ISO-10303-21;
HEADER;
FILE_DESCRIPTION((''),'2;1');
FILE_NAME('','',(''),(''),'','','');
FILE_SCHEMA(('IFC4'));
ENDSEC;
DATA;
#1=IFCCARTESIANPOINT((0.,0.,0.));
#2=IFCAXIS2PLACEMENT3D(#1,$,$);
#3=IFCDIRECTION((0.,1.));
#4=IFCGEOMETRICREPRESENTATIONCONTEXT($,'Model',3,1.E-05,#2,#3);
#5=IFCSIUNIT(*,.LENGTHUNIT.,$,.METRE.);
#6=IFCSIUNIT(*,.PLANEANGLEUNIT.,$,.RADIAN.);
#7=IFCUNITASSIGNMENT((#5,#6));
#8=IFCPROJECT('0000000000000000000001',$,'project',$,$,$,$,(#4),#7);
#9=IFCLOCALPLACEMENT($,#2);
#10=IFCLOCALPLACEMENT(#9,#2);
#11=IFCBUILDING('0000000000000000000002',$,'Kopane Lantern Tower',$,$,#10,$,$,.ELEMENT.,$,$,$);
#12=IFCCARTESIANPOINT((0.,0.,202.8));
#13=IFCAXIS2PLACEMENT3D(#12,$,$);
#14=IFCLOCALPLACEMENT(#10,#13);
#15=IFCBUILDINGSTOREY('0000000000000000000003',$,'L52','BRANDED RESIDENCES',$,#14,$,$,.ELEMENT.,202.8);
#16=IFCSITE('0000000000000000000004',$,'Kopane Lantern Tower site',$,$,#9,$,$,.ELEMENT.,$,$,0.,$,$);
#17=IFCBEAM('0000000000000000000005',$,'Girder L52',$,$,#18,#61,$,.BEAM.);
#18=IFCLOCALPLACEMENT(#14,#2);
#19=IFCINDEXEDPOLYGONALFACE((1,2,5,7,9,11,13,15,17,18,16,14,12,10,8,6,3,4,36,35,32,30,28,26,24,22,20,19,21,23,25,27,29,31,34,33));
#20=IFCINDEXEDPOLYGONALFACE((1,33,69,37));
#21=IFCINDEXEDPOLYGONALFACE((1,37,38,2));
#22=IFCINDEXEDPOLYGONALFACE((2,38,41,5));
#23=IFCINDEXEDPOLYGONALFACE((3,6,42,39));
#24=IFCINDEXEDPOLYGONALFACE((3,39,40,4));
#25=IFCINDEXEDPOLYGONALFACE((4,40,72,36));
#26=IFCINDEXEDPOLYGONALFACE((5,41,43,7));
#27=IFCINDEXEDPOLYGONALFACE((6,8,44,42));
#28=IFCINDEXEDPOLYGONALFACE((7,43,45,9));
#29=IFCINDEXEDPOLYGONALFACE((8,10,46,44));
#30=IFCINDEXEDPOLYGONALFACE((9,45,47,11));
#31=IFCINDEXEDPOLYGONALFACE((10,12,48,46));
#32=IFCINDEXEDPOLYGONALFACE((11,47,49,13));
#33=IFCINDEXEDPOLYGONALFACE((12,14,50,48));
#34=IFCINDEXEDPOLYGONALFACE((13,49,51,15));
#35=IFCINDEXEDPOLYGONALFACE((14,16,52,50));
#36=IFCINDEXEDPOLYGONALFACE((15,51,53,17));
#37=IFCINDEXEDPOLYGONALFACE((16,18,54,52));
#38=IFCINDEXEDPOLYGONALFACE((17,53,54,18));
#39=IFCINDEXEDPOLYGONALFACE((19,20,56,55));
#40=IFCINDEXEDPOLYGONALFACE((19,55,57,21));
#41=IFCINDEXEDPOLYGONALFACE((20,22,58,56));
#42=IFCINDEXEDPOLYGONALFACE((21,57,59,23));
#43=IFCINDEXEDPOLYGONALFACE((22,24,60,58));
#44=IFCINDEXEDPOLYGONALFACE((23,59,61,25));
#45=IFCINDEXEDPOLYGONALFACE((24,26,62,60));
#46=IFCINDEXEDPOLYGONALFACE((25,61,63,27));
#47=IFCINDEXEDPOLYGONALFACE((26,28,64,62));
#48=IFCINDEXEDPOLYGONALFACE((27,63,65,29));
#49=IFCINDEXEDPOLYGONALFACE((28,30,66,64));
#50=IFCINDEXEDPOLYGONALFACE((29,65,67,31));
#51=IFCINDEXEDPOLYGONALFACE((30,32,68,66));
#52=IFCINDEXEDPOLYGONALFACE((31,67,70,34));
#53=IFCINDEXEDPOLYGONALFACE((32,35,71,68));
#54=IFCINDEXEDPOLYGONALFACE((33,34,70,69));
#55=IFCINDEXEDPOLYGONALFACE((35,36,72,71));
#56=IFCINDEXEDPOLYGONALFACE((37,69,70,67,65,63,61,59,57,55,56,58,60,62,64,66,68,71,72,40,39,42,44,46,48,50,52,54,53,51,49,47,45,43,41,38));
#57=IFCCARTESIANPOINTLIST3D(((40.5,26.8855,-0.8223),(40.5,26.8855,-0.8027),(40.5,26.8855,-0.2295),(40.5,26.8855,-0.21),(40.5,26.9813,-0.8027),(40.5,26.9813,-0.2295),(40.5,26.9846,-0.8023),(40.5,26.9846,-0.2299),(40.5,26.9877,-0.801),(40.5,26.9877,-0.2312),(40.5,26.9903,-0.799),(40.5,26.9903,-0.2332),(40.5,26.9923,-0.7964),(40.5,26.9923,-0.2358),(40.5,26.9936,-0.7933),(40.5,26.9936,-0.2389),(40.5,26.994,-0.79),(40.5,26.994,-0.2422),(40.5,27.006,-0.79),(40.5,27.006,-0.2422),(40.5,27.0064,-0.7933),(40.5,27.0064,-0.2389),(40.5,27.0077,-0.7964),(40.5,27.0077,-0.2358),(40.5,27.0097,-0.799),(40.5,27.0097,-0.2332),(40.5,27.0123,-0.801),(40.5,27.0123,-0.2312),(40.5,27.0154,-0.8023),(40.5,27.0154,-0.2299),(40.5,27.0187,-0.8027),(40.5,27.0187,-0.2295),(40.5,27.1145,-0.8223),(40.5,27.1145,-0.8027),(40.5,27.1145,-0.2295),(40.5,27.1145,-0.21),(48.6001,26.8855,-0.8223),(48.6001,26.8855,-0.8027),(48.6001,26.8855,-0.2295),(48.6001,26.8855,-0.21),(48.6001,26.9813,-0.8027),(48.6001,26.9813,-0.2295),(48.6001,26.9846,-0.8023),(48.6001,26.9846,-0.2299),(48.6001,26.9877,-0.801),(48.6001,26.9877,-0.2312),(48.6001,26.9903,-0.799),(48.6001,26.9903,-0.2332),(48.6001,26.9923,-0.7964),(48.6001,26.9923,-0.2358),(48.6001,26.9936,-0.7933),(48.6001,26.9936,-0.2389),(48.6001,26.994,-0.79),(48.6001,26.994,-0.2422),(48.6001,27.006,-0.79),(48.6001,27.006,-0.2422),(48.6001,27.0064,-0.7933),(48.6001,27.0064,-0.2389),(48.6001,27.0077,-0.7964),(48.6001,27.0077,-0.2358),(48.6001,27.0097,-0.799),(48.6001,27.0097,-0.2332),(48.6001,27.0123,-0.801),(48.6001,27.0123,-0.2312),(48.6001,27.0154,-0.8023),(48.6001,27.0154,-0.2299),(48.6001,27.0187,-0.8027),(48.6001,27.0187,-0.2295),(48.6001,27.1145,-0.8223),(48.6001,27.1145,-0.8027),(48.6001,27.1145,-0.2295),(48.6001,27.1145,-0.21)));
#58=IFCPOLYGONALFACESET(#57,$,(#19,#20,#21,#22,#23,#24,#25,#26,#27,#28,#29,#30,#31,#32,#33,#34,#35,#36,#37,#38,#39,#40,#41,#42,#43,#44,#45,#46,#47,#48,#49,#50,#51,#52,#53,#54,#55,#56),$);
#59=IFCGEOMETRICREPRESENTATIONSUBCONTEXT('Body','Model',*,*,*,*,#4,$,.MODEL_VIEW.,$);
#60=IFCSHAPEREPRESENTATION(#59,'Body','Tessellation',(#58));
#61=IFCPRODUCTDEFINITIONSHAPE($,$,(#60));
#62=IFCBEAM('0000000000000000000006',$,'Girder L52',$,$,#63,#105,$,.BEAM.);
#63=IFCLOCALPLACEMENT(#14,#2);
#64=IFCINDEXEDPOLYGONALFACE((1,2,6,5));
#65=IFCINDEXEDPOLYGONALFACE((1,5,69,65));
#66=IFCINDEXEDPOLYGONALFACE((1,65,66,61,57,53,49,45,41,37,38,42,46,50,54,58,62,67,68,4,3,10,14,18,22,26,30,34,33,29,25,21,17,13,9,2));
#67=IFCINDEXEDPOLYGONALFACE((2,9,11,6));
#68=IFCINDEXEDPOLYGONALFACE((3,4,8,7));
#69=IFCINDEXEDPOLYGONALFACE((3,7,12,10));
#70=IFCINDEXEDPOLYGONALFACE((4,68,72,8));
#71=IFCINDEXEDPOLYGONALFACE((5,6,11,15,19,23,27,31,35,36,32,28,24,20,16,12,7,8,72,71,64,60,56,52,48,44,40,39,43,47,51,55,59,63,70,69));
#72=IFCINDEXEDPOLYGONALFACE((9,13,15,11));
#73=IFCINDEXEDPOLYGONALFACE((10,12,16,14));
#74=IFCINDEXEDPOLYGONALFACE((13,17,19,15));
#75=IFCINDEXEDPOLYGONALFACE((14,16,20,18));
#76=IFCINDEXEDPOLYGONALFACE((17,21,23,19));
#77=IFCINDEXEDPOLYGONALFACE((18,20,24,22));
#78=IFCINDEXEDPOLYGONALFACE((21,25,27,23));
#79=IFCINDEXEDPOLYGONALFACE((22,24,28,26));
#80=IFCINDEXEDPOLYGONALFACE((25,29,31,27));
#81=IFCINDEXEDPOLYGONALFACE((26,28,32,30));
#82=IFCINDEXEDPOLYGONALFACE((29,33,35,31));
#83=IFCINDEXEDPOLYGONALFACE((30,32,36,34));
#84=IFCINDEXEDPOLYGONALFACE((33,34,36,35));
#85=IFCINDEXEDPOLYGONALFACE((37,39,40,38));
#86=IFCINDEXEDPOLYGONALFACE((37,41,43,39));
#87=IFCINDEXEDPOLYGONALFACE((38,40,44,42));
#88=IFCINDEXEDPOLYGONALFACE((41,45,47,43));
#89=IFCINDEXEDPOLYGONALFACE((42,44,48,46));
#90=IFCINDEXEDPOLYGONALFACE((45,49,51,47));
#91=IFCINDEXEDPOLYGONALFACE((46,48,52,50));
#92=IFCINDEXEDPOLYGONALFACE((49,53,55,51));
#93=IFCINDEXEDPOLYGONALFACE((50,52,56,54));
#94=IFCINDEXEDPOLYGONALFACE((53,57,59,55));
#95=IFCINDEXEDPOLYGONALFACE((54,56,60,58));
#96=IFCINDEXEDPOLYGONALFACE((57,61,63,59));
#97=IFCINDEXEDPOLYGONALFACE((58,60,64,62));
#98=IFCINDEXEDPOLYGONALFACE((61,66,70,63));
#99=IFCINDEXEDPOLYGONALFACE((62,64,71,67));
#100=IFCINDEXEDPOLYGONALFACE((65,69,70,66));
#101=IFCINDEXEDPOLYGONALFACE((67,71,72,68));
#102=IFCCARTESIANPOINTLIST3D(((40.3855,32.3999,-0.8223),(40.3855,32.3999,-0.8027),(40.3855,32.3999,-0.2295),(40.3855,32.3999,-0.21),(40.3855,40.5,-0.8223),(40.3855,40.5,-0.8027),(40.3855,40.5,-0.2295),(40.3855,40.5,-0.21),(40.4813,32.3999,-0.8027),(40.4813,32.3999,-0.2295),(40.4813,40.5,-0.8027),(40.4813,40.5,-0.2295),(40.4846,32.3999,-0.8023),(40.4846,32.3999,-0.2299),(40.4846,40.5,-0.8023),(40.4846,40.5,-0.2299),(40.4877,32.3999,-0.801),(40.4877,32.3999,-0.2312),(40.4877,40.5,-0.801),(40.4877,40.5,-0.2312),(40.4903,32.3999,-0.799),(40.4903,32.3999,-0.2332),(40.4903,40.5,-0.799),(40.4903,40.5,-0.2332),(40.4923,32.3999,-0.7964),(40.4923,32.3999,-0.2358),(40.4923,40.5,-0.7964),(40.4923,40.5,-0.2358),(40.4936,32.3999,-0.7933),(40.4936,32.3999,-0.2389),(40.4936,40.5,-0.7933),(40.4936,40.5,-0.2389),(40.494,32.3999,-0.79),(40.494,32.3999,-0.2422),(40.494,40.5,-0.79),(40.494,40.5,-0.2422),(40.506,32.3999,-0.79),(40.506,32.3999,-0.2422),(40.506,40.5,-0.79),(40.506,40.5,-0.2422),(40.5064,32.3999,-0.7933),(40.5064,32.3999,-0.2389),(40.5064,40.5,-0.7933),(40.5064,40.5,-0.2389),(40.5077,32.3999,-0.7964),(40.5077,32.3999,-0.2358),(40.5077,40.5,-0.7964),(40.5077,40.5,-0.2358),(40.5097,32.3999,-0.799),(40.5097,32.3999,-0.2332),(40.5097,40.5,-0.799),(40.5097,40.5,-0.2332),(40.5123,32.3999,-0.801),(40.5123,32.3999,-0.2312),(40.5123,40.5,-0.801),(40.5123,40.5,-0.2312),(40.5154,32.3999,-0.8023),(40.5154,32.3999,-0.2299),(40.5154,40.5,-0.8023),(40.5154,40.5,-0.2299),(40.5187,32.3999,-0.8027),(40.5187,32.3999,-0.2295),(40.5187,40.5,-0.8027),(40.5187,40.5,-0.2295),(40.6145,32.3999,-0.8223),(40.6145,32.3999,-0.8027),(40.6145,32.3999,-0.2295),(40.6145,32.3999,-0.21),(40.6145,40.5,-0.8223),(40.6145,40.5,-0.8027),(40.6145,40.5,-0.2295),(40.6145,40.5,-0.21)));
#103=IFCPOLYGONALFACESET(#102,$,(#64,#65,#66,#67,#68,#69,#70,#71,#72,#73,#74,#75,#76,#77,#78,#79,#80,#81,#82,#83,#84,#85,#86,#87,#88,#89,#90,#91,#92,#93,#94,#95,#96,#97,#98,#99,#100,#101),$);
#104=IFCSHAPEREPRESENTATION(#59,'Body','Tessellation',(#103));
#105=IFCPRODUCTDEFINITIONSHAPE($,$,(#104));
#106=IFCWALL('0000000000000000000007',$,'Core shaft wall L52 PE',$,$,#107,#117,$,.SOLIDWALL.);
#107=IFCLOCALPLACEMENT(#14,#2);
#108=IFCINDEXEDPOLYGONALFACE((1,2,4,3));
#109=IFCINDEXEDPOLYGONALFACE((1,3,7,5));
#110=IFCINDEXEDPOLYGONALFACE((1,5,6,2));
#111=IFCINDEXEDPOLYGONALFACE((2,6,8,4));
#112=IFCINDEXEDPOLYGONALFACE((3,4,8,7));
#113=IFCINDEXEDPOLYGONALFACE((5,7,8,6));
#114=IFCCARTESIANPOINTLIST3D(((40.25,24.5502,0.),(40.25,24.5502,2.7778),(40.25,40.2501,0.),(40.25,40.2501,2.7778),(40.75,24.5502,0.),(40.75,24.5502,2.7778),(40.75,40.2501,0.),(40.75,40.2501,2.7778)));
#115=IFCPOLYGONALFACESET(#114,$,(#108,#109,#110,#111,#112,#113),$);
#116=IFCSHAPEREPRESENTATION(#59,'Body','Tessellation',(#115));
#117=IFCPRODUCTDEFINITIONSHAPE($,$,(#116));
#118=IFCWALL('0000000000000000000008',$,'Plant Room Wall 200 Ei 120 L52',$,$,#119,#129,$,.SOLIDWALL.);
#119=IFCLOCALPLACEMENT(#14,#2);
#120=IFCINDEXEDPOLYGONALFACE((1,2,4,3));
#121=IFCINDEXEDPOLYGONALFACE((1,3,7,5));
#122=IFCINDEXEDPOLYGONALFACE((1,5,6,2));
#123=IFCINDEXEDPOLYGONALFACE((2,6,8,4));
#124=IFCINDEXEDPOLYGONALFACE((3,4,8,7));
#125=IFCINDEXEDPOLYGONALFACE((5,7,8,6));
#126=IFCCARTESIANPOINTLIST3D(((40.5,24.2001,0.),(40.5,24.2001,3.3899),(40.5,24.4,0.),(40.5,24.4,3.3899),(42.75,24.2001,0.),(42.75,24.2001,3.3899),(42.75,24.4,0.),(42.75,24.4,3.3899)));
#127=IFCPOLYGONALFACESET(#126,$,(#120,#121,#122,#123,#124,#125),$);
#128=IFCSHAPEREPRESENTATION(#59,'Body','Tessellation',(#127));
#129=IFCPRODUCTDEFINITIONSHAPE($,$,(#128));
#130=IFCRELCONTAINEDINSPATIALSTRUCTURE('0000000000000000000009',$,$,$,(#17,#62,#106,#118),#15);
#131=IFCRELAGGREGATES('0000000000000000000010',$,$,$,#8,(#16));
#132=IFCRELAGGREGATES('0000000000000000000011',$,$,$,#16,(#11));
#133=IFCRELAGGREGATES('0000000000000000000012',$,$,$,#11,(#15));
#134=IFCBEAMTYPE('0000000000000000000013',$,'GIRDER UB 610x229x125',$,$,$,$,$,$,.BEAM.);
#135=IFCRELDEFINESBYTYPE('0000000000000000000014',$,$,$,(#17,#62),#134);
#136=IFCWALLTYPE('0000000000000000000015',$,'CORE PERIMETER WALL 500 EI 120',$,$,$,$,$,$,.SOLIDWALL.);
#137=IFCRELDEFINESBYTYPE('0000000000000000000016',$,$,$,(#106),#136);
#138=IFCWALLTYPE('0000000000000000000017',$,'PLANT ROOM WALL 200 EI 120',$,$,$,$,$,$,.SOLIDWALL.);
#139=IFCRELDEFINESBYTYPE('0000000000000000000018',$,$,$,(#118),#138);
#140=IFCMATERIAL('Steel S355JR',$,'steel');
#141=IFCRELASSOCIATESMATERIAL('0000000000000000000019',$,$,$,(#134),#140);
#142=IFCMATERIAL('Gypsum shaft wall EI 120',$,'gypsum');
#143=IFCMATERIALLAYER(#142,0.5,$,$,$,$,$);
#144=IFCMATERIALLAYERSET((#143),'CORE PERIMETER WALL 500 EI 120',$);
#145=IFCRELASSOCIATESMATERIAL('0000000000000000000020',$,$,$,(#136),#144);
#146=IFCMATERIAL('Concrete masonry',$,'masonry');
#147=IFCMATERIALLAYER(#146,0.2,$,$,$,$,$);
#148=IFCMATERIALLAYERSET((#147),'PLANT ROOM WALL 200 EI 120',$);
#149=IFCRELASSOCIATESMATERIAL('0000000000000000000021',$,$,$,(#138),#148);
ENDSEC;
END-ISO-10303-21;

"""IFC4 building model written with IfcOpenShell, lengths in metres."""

from ifc_helpers import new_model, si_unit, direction, frame, frame_2d, origin, origin_2d, place, context, subcontext, project, spatial, rectangle, i_section, extrude, material, layer, layer_set, material_profile, profile_set, type_object, element, save


model = new_model("IFC4")

# Units and contexts
model_context = context("Model", 3, precision=1e-05, world=origin(), true_north=direction((0.0, 1.0)))
body_context = subcontext(model_context, "Body", "Model", "MODEL_VIEW")
ifc_project = project(units=[si_unit("LENGTHUNIT", "METRE"), si_unit("PLANEANGLEUNIT", "RADIAN")], contexts=[model_context])

# Site, building, storey
site_placement = place(None, origin())
site = spatial("IfcSite", under=ifc_project, at=site_placement, Name="Kopane Lantern Tower site", CompositionType="ELEMENT", RefElevation=0.0)
building_placement = place(site_placement, origin())
building = spatial("IfcBuilding", under=site, at=building_placement, Name="Kopane Lantern Tower", CompositionType="ELEMENT")
storey_placement = place(building_placement, frame((0.0, 0.0, 202.8)))
storey = spatial("IfcBuildingStorey", under=building, at=storey_placement, Name="L52", Description="BRANDED RESIDENCES", CompositionType="ELEMENT", Elevation=202.8)

# Beams
ifc_material_1 = material(Name="Steel S355JR", Category="steel")
ifc_material_profile_1 = material_profile(ifc_material_1, i_section(OverallWidth=0.229, OverallDepth=0.6123, WebThickness=0.012, FlangeThickness=0.0195, FilletRadius=0.0127, at=origin_2d()), Name="UB 610x229x125")
ifc_profile_set_1 = profile_set([ifc_material_profile_1], Name="Steel S355JR")
beam_type = type_object("IfcBeamType", Name="GIRDER UB 610x229x125", PredefinedType="BEAM", material=ifc_profile_set_1)
for number, where, z_axis, x_axis, name in (
    (1, (40.5, 27.0, -0.5161), (1.0, 0.0, 0.0), (0.0, 1.0, 0.0), "Girder L52"),
    (2, (40.5, 32.3999, -0.5161), (0.0, 1.0, 0.0), (-1.0, 0.0, 0.0), "Girder L52"),
):
    element("IfcBeam", number, at=place(storey_placement, frame(where, z_axis=z_axis, x_axis=x_axis)), inside=storey, type_object=beam_type, Name=name, PredefinedType="BEAM", context=body_context, shape_type="SweptSolid", body=[
        extrude(i_section(OverallWidth=0.229, OverallDepth=0.6123, WebThickness=0.012, FlangeThickness=0.0195, FilletRadius=0.0127, at=origin_2d()), origin(), (0.0, 0.0, 1.0), 8.1001),
    ])

# Walls
ifc_material_2 = material(Name="Gypsum shaft wall EI 120", Category="gypsum")
ifc_layer_1 = layer(ifc_material_2, 0.5)
ifc_layer_set_1 = layer_set([ifc_layer_1], Name="CORE PERIMETER WALL 500 EI 120")
wall_type_1 = type_object("IfcWallType", Name="CORE PERIMETER WALL 500 EI 120", PredefinedType="SOLIDWALL", material=ifc_layer_set_1)
wall_1_placement = place(storey_placement, frame((40.5, 24.55, 0.0), z_axis=(0.0, 0.0, 1.0), x_axis=(0.0, 1.0, 0.0)))
element("IfcWall", 3, at=wall_1_placement, inside=storey, type_object=wall_type_1, Name="Core shaft wall L52 PE", PredefinedType="SOLIDWALL", context=body_context, shape_type="SweptSolid", body=[
    extrude(rectangle(XDim=15.7, YDim=0.5, at=frame_2d((7.8501, 0.0))), origin(), (0.0, 0.0, 1.0), 2.7778),
])
ifc_material_3 = material(Name="Concrete masonry", Category="masonry")
ifc_layer_2 = layer(ifc_material_3, 0.2)
ifc_layer_set_2 = layer_set([ifc_layer_2], Name="PLANT ROOM WALL 200 EI 120")
wall_type_2 = type_object("IfcWallType", Name="PLANT ROOM WALL 200 EI 120", PredefinedType="SOLIDWALL", material=ifc_layer_set_2)
wall_2_placement = place(storey_placement, frame((40.5, 24.3, 0.0), z_axis=(0.0, 0.0, 1.0), x_axis=(1.0, 0.0, 0.0)))
element("IfcWall", 4, at=wall_2_placement, inside=storey, type_object=wall_type_2, Name="Plant Room Wall 200 Ei 120 L52", PredefinedType="SOLIDWALL", context=body_context, shape_type="SweptSolid", body=[
    extrude(rectangle(XDim=2.25, YDim=0.2, at=frame_2d((1.125, 0.0))), origin(), (0.0, 0.0, 1.0), 3.3899),
])

save(model, "model.ifc")
